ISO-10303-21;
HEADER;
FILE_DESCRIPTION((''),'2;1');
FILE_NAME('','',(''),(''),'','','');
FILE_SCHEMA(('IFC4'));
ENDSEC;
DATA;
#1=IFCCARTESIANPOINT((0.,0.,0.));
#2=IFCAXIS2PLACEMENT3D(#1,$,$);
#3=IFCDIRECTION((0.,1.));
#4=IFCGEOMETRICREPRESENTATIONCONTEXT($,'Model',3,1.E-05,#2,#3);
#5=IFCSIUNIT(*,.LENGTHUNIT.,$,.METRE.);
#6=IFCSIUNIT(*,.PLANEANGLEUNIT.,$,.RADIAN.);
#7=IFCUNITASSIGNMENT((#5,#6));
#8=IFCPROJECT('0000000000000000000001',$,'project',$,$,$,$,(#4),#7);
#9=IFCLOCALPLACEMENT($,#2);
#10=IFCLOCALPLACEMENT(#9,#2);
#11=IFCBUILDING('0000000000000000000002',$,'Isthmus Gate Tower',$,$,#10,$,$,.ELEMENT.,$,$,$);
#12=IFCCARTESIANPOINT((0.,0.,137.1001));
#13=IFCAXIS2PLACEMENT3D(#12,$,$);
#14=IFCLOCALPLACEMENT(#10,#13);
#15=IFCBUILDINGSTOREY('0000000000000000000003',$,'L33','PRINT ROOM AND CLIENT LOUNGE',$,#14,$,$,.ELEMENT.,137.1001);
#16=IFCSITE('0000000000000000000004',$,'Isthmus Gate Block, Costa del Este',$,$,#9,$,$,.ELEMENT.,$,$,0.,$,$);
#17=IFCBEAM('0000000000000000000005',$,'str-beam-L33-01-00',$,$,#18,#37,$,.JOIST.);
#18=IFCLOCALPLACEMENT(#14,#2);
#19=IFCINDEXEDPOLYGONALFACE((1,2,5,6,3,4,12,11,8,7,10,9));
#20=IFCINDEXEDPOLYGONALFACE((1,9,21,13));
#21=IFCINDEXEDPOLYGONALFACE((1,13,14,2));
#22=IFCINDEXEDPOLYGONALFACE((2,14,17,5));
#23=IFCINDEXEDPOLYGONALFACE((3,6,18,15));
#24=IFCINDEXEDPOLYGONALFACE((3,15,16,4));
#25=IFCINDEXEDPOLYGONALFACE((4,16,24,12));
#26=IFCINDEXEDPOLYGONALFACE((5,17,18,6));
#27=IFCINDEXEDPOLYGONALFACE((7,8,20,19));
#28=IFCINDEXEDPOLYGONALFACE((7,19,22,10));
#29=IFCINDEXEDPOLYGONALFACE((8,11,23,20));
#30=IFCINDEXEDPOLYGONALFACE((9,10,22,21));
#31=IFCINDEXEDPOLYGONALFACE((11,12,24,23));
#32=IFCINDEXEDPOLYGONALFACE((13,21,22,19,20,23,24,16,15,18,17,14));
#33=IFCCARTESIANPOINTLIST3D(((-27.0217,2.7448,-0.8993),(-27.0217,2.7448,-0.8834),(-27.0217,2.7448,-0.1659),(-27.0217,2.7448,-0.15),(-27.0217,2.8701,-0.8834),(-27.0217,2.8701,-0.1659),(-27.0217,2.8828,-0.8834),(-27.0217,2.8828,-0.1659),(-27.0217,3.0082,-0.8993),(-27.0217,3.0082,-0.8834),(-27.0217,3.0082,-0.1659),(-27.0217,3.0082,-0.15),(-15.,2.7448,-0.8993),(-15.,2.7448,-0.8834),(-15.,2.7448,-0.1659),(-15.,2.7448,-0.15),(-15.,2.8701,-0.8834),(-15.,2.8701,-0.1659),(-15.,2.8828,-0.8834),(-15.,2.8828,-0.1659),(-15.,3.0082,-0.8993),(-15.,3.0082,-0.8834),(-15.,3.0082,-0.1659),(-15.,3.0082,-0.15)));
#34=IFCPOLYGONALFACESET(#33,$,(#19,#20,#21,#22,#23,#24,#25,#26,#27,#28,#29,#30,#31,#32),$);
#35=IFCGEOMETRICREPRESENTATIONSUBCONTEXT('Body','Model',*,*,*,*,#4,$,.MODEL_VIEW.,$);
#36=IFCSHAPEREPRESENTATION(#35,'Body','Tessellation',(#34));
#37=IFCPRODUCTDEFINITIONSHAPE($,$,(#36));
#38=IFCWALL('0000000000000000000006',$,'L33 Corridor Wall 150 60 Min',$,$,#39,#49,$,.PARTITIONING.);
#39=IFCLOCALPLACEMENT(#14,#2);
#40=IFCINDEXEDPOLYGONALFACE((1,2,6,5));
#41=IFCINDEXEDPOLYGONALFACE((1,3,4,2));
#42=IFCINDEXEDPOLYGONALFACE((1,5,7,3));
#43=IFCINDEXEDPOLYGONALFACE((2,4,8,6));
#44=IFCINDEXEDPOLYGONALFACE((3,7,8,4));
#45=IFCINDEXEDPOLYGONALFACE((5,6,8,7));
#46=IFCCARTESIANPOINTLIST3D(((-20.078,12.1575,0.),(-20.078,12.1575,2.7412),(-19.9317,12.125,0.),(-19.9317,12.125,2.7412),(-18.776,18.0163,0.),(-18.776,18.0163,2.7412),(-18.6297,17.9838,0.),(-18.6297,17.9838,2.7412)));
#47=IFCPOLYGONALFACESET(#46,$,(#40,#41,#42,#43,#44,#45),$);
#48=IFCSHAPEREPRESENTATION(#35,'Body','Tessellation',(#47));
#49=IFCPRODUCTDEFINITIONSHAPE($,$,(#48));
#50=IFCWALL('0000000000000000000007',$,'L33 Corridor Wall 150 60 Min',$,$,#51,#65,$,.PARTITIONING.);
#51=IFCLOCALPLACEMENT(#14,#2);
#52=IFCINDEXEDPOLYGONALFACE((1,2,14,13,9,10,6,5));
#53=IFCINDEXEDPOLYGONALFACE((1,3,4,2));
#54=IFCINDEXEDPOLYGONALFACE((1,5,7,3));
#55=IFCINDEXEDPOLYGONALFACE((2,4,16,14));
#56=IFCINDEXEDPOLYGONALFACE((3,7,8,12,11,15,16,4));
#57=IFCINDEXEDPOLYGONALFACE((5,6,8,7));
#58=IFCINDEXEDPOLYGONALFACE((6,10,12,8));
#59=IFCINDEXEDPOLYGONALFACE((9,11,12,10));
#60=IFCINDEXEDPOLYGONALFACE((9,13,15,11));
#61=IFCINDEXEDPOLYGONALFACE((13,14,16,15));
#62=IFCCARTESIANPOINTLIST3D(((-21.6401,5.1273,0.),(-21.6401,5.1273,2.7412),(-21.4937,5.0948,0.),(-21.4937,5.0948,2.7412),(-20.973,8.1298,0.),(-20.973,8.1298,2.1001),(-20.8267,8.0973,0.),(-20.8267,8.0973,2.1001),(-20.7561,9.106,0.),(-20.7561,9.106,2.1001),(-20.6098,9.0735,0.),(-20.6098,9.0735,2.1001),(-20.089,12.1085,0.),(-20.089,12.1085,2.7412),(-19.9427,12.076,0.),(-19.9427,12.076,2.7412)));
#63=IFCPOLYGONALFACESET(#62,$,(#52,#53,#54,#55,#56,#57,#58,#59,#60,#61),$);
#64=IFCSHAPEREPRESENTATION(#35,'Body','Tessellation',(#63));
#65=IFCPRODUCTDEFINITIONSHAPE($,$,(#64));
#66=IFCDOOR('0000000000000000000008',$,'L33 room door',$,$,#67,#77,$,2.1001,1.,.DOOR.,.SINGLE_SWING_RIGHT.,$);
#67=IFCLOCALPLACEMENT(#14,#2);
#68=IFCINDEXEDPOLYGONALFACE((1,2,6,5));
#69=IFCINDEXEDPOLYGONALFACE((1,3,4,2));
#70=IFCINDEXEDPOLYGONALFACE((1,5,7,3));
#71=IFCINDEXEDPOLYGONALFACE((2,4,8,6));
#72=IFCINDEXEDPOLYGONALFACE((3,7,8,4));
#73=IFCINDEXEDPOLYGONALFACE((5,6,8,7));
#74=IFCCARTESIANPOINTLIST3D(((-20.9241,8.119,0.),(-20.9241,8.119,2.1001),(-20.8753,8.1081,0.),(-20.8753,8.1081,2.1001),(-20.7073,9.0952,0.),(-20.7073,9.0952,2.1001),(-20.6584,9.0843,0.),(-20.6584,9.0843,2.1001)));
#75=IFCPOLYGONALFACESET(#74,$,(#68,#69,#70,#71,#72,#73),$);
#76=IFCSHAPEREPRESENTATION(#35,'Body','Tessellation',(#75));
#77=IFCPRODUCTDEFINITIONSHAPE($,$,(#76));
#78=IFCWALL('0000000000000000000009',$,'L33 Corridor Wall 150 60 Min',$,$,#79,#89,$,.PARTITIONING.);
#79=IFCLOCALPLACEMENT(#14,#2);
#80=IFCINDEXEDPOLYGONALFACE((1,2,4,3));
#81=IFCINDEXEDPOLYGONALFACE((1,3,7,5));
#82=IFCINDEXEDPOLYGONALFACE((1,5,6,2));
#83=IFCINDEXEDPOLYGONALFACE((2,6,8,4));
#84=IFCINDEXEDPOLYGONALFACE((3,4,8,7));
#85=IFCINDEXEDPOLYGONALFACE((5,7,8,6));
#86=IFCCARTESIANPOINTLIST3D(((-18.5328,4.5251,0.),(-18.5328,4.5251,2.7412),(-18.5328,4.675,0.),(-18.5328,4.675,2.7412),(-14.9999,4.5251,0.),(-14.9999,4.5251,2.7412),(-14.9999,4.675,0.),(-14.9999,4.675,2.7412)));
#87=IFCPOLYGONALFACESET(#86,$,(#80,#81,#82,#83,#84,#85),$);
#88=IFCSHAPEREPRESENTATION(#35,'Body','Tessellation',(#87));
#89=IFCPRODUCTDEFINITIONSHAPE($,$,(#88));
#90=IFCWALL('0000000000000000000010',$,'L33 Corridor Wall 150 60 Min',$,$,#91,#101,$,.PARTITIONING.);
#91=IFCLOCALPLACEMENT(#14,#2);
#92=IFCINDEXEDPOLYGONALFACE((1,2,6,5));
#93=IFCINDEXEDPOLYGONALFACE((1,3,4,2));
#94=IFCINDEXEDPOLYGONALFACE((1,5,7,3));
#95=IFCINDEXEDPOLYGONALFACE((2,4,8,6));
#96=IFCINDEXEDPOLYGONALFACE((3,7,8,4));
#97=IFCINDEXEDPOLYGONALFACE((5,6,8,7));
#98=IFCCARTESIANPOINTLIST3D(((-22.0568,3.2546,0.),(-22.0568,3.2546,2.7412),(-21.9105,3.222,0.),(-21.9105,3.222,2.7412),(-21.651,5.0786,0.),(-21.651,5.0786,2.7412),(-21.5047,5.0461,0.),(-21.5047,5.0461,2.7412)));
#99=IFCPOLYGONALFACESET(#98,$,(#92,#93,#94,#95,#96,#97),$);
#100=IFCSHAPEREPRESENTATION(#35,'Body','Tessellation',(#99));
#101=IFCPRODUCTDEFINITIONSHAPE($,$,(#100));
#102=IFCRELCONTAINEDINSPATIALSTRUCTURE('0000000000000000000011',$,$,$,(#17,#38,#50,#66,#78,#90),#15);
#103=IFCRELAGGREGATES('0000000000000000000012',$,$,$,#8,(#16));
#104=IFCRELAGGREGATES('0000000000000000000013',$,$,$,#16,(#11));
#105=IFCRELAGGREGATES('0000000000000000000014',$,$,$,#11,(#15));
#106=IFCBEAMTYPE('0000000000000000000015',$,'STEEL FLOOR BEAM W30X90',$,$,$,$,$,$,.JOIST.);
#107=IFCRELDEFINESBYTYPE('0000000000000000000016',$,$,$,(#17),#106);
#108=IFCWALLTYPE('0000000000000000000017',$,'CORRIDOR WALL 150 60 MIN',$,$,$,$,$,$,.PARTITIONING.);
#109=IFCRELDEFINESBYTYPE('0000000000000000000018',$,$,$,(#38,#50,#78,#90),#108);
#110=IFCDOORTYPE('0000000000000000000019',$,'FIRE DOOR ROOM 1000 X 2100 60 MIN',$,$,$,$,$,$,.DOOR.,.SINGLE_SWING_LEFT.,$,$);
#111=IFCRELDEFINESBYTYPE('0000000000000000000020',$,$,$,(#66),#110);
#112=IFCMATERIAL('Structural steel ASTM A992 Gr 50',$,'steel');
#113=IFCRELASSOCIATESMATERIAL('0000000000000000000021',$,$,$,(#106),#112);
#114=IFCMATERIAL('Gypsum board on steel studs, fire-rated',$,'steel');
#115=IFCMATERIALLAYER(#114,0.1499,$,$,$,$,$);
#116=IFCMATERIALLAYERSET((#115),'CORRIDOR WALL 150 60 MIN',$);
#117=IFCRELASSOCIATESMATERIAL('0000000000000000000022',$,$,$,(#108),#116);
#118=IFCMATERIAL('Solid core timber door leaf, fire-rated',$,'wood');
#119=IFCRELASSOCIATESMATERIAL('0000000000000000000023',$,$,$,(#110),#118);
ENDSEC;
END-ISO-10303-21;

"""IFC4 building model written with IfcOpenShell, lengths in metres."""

from ifc_helpers import new_model, si_unit, direction, frame, frame_2d, origin, origin_2d, place, context, subcontext, project, spatial, rectangle, i_section, extrude, material, layer, layer_set, material_profile, profile_set, type_object, element, fill, save


model = new_model("IFC4")

# Units and contexts
model_context = context("Model", 3, precision=1e-05, world=origin(), true_north=direction((0.0, 1.0)))
body_context = subcontext(model_context, "Body", "Model", "MODEL_VIEW")
ifc_project = project(units=[si_unit("LENGTHUNIT", "METRE"), si_unit("PLANEANGLEUNIT", "RADIAN")], contexts=[model_context])

# Site, building, storey
site_placement = place(None, origin())
site = spatial("IfcSite", under=ifc_project, at=site_placement, Name="Isthmus Gate Block, Costa del Este", CompositionType="ELEMENT", RefElevation=0.0)
building_placement = place(site_placement, origin())
building = spatial("IfcBuilding", under=site, at=building_placement, Name="Isthmus Gate Tower", CompositionType="ELEMENT")
storey_placement = place(building_placement, frame((0.0, 0.0, 137.1001)))
storey = spatial("IfcBuildingStorey", under=building, at=storey_placement, Name="L33", Description="PRINT ROOM AND CLIENT LOUNGE", CompositionType="ELEMENT", Elevation=137.1001)

# Beam
ifc_material_1 = material(Name="Structural steel ASTM A992 Gr 50", Category="steel")
ifc_material_profile_1 = material_profile(ifc_material_1, i_section(OverallWidth=0.2634, OverallDepth=0.7493, WebThickness=0.0127, FlangeThickness=0.0159, at=origin_2d()), Name="W30X90")
ifc_profile_set_1 = profile_set([ifc_material_profile_1], Name="Structural steel ASTM A992 Gr 50")
beam_type_1 = type_object("IfcBeamType", Name="STEEL FLOOR BEAM W30X90", PredefinedType="JOIST", material=ifc_profile_set_1)
beam_1_placement = place(storey_placement, frame((-27.0217, 2.8765, -0.5247), z_axis=(1.0, 0.0, 0.0), x_axis=(0.0, 1.0, 0.0)))
element("IfcBeam", 1, at=beam_1_placement, inside=storey, type_object=beam_type_1, Name="str-beam-L33-01-00", PredefinedType="JOIST", context=body_context, shape_type="SweptSolid", body=[
    extrude(i_section(OverallWidth=0.2634, OverallDepth=0.7493, WebThickness=0.0127, FlangeThickness=0.0159, at=origin_2d()), origin(), (0.0, 0.0, 1.0), 12.0217),
])

# Wall
ifc_material_2 = material(Name="Gypsum board on steel studs, fire-rated", Category="steel")
ifc_layer_1 = layer(ifc_material_2, 0.1499)
ifc_layer_set_1 = layer_set([ifc_layer_1], Name="CORRIDOR WALL 150 60 MIN")
wall_type_1 = type_object("IfcWallType", Name="CORRIDOR WALL 150 60 MIN", PredefinedType="PARTITIONING", material=ifc_layer_set_1)
wall_1_placement = place(storey_placement, frame((-20.0049, 12.1411, 0.0), z_axis=(0.0, 0.0, 1.0), x_axis=(0.216935, 0.976186, 0.0)))
element("IfcWall", 2, at=wall_1_placement, inside=storey, type_object=wall_type_1, Name="L33 Corridor Wall 150 60 Min", PredefinedType="PARTITIONING", context=body_context, shape_type="SweptSolid", body=[
    extrude(rectangle(XDim=6.0017, YDim=0.1499, at=frame_2d((3.001, 0.0))), origin(), (0.0, 0.0, 1.0), 2.7412),
])

# Wall, opening, door
wall_2_placement = place(storey_placement, frame((-21.5669, 5.1111, 0.0), z_axis=(0.0, 0.0, 1.0), x_axis=(0.216883, 0.976198, 0.0)))
wall_2 = element("IfcWall", 3, at=wall_2_placement, inside=storey, type_object=wall_type_1, Name="L33 Corridor Wall 150 60 Min", PredefinedType="PARTITIONING", context=body_context, shape_type="SweptSolid", body=[
    extrude(rectangle(XDim=7.1514, YDim=0.1499, at=frame_2d((3.5757, 0.0))), origin(), (0.0, 0.0, 1.0), 2.7412),
])
opening_1_placement = place(wall_2_placement, frame((3.0757, 0.0, 0.0)))
opening_1 = element("IfcOpeningElement", 4, at=opening_1_placement, cuts=wall_2, PredefinedType="OPENING", context=body_context, shape_type="SweptSolid", body=[
    extrude(rectangle(XDim=1.0, YDim=2.1001, at=frame_2d((0.5, 1.05))), frame((0.0, 0.085, 0.0), z_axis=(0.0, -1.0, 0.0), x_axis=(1.0, 0.0, 0.0)), (0.0, 0.0, 1.0), 0.1699),
])
ifc_material_3 = material(Name="Solid core timber door leaf, fire-rated", Category="wood")
door_type_1 = type_object("IfcDoorType", Name="FIRE DOOR ROOM 1000 X 2100 60 MIN", OperationType="SINGLE_SWING_LEFT", PredefinedType="DOOR", material=ifc_material_3)
door_1_placement = place(opening_1_placement, origin())
door_1 = element("IfcDoor", 5, at=door_1_placement, inside=storey, type_object=door_type_1, Name="L33 room door", OperationType="SINGLE_SWING_RIGHT", OverallHeight=2.1001, OverallWidth=1.0, PredefinedType="DOOR", context=body_context, shape_type="SweptSolid", body=[
    extrude(rectangle(XDim=1.0, YDim=2.1001, at=frame_2d((0.5, 1.05))), frame((0.0, 0.0249, 0.0), z_axis=(0.0, -1.0, 0.0), x_axis=(1.0, 0.0, 0.0)), (0.0, 0.0, 1.0), 0.05),
])
fill(opening_1, door_1)

# Walls
wall_3_placement = place(storey_placement, frame((-18.533, 4.6001, 0.0), z_axis=(0.0, 0.0, 1.0), x_axis=(1.0, 0.0, 0.0)))
element("IfcWall", 6, at=wall_3_placement, inside=storey, type_object=wall_type_1, Name="L33 Corridor Wall 150 60 Min", PredefinedType="PARTITIONING", context=body_context, shape_type="SweptSolid", body=[
    extrude(rectangle(XDim=3.533, YDim=0.1499, at=frame_2d((1.7666, 0.0))), origin(), (0.0, 0.0, 1.0), 2.7412),
])
wall_4_placement = place(storey_placement, frame((-21.9836, 3.2383, 0.0), z_axis=(0.0, 0.0, 1.0), x_axis=(0.217152, 0.976138, 0.0)))
element("IfcWall", 7, at=wall_4_placement, inside=storey, type_object=wall_type_1, Name="L33 Corridor Wall 150 60 Min", PredefinedType="PARTITIONING", context=body_context, shape_type="SweptSolid", body=[
    extrude(rectangle(XDim=1.8687, YDim=0.1499, at=frame_2d((0.9343, 0.0))), origin(), (0.0, 0.0, 1.0), 2.7412),
])

save(model, "model.ifc")
